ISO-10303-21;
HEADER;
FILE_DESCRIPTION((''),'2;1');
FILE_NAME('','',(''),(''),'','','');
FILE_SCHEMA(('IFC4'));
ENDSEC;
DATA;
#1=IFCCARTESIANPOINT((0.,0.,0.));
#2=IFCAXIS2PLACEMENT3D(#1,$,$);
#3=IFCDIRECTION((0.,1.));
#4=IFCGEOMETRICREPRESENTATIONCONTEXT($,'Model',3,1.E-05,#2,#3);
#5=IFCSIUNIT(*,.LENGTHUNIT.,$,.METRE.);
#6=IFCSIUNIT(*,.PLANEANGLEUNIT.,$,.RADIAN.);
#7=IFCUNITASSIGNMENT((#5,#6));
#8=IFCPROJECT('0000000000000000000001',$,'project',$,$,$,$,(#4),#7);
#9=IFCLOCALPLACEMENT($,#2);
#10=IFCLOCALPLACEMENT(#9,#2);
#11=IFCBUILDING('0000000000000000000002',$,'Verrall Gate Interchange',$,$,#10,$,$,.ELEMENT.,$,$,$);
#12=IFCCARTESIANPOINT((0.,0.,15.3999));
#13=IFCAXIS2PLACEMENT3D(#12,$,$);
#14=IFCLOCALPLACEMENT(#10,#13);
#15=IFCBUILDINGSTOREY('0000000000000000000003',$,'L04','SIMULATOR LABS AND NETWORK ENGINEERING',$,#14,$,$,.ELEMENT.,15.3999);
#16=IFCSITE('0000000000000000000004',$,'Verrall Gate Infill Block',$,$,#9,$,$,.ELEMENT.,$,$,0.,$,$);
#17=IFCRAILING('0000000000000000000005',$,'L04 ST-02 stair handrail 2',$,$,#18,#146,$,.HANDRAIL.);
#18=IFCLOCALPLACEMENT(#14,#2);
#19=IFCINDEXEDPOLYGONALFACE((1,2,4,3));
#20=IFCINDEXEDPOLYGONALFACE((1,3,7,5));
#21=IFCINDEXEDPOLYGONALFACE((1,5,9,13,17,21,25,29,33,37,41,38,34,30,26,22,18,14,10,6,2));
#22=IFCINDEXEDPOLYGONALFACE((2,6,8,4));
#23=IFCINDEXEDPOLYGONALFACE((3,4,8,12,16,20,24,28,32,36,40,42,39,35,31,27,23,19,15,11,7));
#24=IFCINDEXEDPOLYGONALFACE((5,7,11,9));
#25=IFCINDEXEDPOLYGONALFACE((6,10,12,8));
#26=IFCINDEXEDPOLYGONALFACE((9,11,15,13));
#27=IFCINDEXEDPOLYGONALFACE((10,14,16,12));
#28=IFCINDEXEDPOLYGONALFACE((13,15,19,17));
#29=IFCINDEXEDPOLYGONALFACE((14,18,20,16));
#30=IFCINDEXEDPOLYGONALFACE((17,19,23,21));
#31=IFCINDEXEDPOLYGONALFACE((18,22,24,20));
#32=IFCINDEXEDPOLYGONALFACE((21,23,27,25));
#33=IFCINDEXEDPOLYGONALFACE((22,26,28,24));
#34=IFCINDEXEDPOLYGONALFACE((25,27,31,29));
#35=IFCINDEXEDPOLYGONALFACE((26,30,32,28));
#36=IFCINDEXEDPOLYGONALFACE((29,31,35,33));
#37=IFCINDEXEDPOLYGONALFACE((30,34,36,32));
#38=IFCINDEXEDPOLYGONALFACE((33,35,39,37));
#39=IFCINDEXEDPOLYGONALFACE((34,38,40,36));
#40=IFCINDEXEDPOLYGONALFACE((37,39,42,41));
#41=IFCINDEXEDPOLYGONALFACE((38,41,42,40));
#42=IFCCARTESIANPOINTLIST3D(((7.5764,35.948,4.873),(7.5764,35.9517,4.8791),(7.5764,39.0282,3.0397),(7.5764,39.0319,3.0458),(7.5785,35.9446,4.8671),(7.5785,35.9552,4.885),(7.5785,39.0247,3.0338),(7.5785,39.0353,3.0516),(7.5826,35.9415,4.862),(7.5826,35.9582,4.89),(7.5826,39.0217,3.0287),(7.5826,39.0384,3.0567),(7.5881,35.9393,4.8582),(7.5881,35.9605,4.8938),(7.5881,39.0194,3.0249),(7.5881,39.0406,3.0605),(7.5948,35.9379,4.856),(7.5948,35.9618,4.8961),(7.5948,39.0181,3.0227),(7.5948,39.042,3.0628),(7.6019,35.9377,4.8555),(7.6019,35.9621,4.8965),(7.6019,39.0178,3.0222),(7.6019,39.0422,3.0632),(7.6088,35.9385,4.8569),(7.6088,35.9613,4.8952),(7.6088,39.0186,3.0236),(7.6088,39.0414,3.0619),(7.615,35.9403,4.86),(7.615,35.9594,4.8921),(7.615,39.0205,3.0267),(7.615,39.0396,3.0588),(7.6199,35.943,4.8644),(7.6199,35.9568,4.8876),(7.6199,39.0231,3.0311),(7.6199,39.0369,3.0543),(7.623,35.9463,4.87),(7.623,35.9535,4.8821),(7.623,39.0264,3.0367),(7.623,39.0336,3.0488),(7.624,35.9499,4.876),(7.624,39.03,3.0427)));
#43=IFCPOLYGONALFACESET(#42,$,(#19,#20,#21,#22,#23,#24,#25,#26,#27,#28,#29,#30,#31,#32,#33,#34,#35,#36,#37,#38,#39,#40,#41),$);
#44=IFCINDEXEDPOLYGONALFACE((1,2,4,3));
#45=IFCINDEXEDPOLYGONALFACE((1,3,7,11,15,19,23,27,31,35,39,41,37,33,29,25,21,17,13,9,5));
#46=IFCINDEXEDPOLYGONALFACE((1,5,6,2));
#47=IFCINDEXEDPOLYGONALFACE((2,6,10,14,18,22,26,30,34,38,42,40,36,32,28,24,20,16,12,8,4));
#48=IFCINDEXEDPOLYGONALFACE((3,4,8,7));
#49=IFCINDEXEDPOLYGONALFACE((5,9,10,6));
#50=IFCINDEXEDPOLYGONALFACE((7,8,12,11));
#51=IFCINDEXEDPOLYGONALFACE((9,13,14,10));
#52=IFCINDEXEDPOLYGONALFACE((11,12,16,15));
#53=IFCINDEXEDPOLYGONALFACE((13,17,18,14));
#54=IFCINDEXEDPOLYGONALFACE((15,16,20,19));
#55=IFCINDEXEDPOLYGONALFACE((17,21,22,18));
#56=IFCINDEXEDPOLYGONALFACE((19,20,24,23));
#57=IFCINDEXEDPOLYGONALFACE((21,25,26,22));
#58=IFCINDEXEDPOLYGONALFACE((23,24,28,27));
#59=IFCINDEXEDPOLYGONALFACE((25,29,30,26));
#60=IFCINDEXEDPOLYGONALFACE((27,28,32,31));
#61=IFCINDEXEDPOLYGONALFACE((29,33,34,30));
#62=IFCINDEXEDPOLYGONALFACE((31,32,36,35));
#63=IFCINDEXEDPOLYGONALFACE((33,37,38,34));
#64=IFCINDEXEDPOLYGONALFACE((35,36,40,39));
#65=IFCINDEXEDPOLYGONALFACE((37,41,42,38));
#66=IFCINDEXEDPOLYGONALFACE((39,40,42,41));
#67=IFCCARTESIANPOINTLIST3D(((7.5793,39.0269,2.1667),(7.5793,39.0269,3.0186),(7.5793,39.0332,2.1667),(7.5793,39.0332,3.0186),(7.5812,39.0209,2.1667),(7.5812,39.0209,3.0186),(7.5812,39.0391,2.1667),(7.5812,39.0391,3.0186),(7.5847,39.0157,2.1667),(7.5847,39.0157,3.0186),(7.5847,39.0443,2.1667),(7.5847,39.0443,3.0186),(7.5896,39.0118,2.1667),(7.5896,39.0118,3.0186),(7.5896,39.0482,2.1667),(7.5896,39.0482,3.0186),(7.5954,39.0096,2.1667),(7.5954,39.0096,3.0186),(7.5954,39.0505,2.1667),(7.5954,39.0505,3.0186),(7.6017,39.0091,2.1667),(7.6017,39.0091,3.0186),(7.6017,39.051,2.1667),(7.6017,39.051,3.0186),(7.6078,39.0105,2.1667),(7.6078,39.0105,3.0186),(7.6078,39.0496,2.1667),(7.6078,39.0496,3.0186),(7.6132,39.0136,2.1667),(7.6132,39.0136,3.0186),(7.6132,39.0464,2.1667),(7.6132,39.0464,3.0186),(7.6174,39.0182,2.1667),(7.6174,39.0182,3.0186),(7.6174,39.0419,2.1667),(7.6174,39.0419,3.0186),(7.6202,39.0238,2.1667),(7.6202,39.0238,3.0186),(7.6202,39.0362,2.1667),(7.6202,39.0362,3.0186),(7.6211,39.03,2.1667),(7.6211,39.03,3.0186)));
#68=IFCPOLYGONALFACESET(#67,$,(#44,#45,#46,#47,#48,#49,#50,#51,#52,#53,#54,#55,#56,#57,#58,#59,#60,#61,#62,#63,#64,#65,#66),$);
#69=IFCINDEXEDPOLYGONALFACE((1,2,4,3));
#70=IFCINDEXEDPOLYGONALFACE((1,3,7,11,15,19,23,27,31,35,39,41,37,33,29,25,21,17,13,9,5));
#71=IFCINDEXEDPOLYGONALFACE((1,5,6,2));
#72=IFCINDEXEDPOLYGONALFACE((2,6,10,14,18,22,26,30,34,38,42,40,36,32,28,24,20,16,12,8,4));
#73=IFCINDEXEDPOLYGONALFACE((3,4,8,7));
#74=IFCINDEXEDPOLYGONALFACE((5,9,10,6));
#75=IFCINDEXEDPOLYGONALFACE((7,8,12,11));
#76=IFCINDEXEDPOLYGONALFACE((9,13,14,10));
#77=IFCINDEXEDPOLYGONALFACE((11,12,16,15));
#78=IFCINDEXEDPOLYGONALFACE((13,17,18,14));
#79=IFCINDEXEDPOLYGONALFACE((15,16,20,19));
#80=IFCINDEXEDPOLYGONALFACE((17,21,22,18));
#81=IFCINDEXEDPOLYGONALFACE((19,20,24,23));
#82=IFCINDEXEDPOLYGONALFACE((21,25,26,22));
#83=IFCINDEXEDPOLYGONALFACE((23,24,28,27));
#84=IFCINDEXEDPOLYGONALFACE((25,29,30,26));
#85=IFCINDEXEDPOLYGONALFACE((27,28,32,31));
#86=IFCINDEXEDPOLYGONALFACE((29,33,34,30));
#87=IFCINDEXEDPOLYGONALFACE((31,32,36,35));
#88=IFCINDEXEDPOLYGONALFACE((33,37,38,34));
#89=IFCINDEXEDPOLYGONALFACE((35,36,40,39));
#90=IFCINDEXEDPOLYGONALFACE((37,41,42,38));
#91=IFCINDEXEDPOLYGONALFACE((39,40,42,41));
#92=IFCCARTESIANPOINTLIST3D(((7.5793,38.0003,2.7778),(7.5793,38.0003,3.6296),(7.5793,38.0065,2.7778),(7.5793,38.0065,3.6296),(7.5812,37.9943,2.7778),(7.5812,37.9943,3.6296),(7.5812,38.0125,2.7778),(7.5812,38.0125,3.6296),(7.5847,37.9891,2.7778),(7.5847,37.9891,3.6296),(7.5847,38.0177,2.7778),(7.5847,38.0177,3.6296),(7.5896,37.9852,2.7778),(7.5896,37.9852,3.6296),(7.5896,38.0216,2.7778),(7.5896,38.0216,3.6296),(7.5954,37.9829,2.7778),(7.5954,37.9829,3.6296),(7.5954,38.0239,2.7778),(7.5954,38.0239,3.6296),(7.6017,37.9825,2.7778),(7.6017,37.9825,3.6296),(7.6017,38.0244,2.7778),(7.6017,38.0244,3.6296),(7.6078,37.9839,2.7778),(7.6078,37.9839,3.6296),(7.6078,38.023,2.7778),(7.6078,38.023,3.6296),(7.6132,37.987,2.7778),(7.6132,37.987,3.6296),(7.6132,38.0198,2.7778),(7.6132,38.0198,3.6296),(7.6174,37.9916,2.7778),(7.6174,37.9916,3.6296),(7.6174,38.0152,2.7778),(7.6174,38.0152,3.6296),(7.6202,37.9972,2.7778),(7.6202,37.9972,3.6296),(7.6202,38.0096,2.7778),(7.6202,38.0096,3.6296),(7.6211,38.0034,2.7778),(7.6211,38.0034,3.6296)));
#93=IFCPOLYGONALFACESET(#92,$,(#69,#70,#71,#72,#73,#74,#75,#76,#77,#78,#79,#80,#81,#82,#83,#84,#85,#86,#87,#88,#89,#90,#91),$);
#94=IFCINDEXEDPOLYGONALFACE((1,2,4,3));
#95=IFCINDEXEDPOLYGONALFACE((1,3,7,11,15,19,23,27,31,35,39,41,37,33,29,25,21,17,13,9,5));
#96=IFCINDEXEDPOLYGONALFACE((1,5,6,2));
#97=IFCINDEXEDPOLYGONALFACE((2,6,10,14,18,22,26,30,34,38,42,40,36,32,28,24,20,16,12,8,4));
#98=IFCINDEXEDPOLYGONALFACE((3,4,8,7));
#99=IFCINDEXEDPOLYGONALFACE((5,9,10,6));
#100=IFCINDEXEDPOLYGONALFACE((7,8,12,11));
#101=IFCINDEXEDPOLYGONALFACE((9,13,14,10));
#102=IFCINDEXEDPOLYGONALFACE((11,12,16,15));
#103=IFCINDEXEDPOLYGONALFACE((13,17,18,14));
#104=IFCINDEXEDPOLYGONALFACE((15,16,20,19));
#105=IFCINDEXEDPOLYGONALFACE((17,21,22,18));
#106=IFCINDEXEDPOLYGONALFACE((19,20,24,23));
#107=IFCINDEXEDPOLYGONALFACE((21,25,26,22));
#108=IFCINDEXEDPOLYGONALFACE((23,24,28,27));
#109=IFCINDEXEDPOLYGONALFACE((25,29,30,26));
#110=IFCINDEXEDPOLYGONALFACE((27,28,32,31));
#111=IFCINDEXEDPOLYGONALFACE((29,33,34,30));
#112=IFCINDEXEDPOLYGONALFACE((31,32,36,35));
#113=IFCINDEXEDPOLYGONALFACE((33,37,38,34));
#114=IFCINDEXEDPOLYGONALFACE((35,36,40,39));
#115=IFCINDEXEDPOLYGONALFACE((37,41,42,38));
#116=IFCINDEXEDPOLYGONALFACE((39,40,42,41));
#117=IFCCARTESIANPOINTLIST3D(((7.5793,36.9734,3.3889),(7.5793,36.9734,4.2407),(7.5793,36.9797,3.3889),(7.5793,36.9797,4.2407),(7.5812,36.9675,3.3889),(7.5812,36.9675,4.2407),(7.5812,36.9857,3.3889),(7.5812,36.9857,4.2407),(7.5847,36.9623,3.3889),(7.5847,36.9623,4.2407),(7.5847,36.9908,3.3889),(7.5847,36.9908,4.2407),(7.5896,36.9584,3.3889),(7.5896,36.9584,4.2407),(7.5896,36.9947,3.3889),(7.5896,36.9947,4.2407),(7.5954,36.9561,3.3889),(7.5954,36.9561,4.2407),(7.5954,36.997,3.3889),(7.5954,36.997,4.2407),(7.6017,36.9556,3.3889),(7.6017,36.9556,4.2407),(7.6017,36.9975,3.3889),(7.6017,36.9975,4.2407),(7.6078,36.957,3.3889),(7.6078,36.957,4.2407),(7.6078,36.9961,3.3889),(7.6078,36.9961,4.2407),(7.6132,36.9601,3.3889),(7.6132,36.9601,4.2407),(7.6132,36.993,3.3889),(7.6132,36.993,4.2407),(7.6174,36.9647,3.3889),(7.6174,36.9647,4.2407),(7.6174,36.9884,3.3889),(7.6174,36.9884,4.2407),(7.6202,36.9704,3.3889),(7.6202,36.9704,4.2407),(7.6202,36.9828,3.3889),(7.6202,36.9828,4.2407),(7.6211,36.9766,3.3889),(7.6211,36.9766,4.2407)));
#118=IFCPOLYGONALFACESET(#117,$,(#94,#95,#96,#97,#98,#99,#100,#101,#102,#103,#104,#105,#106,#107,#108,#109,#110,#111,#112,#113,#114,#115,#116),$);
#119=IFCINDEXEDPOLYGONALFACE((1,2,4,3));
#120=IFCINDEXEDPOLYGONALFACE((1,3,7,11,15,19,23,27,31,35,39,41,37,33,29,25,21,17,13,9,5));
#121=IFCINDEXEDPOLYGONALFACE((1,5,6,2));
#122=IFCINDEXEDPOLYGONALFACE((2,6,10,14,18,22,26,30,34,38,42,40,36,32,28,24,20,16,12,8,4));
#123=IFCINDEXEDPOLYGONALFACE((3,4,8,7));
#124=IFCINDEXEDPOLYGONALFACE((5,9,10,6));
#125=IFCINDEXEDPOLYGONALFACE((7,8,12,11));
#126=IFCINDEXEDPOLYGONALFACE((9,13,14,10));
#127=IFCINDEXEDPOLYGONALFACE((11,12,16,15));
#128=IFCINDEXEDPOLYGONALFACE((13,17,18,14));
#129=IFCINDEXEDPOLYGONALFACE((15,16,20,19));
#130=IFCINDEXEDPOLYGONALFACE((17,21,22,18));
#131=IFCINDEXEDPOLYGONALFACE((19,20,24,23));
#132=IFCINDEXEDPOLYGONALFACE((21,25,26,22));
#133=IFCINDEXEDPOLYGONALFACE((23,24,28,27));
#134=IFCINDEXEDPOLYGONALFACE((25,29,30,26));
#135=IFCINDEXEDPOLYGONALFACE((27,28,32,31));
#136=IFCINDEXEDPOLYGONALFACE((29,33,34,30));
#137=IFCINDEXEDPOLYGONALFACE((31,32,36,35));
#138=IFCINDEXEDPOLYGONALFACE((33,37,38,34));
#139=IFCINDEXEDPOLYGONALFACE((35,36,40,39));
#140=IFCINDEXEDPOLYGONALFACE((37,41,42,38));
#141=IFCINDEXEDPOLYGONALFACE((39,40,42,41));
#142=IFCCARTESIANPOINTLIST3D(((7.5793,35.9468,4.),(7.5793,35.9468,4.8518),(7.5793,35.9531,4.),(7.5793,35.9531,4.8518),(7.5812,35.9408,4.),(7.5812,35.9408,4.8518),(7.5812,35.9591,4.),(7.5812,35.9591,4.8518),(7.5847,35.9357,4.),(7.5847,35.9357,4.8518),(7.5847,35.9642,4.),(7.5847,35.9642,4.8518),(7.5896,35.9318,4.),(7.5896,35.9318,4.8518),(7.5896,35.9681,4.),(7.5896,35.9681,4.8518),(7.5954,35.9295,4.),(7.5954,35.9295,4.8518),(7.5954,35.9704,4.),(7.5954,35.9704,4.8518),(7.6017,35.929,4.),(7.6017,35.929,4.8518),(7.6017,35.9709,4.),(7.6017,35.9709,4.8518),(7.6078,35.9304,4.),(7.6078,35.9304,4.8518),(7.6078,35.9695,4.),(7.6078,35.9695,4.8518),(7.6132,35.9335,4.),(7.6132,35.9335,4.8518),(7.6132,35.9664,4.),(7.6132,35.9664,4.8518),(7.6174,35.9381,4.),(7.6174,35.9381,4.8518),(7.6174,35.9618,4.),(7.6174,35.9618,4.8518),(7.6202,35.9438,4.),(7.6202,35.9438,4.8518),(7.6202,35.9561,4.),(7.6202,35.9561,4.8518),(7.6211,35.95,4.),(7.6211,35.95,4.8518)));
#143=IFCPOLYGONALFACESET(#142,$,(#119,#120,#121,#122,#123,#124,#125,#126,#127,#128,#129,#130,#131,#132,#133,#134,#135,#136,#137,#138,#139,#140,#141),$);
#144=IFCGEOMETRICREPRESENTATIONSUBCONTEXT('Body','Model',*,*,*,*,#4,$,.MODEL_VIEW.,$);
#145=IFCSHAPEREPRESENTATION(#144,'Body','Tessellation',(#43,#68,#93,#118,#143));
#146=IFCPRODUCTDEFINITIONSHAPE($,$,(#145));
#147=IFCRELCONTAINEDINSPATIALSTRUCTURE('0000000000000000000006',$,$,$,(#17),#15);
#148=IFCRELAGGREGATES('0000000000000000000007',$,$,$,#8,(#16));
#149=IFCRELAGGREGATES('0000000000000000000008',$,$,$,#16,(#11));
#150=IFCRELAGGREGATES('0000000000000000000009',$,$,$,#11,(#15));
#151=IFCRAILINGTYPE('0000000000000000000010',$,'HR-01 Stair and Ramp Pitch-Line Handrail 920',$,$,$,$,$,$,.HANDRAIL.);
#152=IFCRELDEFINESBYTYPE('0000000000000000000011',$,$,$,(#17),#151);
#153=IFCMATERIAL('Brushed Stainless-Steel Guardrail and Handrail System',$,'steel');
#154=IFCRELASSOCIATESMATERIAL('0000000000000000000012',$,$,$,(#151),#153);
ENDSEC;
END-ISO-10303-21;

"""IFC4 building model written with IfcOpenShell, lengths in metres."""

from ifc_helpers import new_model, si_unit, direction, frame, origin, origin_2d, place, context, subcontext, project, spatial, circle, extrude, material, type_object, element, save


model = new_model("IFC4")

# Units and contexts
model_context = context("Model", 3, precision=1e-05, world=origin(), true_north=direction((0.0, 1.0)))
body_context = subcontext(model_context, "Body", "Model", "MODEL_VIEW")
ifc_project = project(units=[si_unit("LENGTHUNIT", "METRE"), si_unit("PLANEANGLEUNIT", "RADIAN")], contexts=[model_context])

# Site, building, storey
site_placement = place(None, origin())
site = spatial("IfcSite", under=ifc_project, at=site_placement, Name="Verrall Gate Infill Block", CompositionType="ELEMENT", RefElevation=0.0)
building_placement = place(site_placement, origin())
building = spatial("IfcBuilding", under=site, at=building_placement, Name="Verrall Gate Interchange", CompositionType="ELEMENT")
storey_placement = place(building_placement, frame((0.0, 0.0, 15.3999)))
storey = spatial("IfcBuildingStorey", under=building, at=storey_placement, Name="L04", Description="SIMULATOR LABS AND NETWORK ENGINEERING", CompositionType="ELEMENT", Elevation=15.3999)

# Railing
ifc_material_1 = material(Name="Brushed Stainless-Steel Guardrail and Handrail System", Category="steel")
railing_type_1 = type_object("IfcRailingType", Name="HR-01 Stair and Ramp Pitch-Line Handrail 920", PredefinedType="HANDRAIL", material=ifc_material_1)
railing_1_placement = place(storey_placement, frame((7.6001, 39.03, 2.1667)))
element("IfcRailing", 1, at=railing_1_placement, inside=storey, type_object=railing_type_1, Name="L04 ST-02 stair handrail 2", PredefinedType="HANDRAIL", context=body_context, shape_type="SweptSolid", body=[
    extrude(circle(Radius=0.0239, at=origin_2d()), frame((0.0, 0.0, 0.876), z_axis=(0.0, -0.859309, 0.511458), x_axis=(1.0, 0.0, 0.0)), (0.0, 0.0, 1.0), 3.5845),
    extrude(circle(Radius=0.021, at=origin_2d()), origin(), (0.0, 0.0, 1.0), 0.8518),
    extrude(circle(Radius=0.021, at=origin_2d()), frame((0.0, -1.0266, 0.6111)), (0.0, 0.0, 1.0), 0.8518),
    extrude(circle(Radius=0.021, at=origin_2d()), frame((0.0, -2.0535, 1.2222)), (0.0, 0.0, 1.0), 0.8518),
    extrude(circle(Radius=0.021, at=origin_2d()), frame((0.0, -3.0801, 1.8333)), (0.0, 0.0, 1.0), 0.8518),
])

save(model, "model.ifc")
